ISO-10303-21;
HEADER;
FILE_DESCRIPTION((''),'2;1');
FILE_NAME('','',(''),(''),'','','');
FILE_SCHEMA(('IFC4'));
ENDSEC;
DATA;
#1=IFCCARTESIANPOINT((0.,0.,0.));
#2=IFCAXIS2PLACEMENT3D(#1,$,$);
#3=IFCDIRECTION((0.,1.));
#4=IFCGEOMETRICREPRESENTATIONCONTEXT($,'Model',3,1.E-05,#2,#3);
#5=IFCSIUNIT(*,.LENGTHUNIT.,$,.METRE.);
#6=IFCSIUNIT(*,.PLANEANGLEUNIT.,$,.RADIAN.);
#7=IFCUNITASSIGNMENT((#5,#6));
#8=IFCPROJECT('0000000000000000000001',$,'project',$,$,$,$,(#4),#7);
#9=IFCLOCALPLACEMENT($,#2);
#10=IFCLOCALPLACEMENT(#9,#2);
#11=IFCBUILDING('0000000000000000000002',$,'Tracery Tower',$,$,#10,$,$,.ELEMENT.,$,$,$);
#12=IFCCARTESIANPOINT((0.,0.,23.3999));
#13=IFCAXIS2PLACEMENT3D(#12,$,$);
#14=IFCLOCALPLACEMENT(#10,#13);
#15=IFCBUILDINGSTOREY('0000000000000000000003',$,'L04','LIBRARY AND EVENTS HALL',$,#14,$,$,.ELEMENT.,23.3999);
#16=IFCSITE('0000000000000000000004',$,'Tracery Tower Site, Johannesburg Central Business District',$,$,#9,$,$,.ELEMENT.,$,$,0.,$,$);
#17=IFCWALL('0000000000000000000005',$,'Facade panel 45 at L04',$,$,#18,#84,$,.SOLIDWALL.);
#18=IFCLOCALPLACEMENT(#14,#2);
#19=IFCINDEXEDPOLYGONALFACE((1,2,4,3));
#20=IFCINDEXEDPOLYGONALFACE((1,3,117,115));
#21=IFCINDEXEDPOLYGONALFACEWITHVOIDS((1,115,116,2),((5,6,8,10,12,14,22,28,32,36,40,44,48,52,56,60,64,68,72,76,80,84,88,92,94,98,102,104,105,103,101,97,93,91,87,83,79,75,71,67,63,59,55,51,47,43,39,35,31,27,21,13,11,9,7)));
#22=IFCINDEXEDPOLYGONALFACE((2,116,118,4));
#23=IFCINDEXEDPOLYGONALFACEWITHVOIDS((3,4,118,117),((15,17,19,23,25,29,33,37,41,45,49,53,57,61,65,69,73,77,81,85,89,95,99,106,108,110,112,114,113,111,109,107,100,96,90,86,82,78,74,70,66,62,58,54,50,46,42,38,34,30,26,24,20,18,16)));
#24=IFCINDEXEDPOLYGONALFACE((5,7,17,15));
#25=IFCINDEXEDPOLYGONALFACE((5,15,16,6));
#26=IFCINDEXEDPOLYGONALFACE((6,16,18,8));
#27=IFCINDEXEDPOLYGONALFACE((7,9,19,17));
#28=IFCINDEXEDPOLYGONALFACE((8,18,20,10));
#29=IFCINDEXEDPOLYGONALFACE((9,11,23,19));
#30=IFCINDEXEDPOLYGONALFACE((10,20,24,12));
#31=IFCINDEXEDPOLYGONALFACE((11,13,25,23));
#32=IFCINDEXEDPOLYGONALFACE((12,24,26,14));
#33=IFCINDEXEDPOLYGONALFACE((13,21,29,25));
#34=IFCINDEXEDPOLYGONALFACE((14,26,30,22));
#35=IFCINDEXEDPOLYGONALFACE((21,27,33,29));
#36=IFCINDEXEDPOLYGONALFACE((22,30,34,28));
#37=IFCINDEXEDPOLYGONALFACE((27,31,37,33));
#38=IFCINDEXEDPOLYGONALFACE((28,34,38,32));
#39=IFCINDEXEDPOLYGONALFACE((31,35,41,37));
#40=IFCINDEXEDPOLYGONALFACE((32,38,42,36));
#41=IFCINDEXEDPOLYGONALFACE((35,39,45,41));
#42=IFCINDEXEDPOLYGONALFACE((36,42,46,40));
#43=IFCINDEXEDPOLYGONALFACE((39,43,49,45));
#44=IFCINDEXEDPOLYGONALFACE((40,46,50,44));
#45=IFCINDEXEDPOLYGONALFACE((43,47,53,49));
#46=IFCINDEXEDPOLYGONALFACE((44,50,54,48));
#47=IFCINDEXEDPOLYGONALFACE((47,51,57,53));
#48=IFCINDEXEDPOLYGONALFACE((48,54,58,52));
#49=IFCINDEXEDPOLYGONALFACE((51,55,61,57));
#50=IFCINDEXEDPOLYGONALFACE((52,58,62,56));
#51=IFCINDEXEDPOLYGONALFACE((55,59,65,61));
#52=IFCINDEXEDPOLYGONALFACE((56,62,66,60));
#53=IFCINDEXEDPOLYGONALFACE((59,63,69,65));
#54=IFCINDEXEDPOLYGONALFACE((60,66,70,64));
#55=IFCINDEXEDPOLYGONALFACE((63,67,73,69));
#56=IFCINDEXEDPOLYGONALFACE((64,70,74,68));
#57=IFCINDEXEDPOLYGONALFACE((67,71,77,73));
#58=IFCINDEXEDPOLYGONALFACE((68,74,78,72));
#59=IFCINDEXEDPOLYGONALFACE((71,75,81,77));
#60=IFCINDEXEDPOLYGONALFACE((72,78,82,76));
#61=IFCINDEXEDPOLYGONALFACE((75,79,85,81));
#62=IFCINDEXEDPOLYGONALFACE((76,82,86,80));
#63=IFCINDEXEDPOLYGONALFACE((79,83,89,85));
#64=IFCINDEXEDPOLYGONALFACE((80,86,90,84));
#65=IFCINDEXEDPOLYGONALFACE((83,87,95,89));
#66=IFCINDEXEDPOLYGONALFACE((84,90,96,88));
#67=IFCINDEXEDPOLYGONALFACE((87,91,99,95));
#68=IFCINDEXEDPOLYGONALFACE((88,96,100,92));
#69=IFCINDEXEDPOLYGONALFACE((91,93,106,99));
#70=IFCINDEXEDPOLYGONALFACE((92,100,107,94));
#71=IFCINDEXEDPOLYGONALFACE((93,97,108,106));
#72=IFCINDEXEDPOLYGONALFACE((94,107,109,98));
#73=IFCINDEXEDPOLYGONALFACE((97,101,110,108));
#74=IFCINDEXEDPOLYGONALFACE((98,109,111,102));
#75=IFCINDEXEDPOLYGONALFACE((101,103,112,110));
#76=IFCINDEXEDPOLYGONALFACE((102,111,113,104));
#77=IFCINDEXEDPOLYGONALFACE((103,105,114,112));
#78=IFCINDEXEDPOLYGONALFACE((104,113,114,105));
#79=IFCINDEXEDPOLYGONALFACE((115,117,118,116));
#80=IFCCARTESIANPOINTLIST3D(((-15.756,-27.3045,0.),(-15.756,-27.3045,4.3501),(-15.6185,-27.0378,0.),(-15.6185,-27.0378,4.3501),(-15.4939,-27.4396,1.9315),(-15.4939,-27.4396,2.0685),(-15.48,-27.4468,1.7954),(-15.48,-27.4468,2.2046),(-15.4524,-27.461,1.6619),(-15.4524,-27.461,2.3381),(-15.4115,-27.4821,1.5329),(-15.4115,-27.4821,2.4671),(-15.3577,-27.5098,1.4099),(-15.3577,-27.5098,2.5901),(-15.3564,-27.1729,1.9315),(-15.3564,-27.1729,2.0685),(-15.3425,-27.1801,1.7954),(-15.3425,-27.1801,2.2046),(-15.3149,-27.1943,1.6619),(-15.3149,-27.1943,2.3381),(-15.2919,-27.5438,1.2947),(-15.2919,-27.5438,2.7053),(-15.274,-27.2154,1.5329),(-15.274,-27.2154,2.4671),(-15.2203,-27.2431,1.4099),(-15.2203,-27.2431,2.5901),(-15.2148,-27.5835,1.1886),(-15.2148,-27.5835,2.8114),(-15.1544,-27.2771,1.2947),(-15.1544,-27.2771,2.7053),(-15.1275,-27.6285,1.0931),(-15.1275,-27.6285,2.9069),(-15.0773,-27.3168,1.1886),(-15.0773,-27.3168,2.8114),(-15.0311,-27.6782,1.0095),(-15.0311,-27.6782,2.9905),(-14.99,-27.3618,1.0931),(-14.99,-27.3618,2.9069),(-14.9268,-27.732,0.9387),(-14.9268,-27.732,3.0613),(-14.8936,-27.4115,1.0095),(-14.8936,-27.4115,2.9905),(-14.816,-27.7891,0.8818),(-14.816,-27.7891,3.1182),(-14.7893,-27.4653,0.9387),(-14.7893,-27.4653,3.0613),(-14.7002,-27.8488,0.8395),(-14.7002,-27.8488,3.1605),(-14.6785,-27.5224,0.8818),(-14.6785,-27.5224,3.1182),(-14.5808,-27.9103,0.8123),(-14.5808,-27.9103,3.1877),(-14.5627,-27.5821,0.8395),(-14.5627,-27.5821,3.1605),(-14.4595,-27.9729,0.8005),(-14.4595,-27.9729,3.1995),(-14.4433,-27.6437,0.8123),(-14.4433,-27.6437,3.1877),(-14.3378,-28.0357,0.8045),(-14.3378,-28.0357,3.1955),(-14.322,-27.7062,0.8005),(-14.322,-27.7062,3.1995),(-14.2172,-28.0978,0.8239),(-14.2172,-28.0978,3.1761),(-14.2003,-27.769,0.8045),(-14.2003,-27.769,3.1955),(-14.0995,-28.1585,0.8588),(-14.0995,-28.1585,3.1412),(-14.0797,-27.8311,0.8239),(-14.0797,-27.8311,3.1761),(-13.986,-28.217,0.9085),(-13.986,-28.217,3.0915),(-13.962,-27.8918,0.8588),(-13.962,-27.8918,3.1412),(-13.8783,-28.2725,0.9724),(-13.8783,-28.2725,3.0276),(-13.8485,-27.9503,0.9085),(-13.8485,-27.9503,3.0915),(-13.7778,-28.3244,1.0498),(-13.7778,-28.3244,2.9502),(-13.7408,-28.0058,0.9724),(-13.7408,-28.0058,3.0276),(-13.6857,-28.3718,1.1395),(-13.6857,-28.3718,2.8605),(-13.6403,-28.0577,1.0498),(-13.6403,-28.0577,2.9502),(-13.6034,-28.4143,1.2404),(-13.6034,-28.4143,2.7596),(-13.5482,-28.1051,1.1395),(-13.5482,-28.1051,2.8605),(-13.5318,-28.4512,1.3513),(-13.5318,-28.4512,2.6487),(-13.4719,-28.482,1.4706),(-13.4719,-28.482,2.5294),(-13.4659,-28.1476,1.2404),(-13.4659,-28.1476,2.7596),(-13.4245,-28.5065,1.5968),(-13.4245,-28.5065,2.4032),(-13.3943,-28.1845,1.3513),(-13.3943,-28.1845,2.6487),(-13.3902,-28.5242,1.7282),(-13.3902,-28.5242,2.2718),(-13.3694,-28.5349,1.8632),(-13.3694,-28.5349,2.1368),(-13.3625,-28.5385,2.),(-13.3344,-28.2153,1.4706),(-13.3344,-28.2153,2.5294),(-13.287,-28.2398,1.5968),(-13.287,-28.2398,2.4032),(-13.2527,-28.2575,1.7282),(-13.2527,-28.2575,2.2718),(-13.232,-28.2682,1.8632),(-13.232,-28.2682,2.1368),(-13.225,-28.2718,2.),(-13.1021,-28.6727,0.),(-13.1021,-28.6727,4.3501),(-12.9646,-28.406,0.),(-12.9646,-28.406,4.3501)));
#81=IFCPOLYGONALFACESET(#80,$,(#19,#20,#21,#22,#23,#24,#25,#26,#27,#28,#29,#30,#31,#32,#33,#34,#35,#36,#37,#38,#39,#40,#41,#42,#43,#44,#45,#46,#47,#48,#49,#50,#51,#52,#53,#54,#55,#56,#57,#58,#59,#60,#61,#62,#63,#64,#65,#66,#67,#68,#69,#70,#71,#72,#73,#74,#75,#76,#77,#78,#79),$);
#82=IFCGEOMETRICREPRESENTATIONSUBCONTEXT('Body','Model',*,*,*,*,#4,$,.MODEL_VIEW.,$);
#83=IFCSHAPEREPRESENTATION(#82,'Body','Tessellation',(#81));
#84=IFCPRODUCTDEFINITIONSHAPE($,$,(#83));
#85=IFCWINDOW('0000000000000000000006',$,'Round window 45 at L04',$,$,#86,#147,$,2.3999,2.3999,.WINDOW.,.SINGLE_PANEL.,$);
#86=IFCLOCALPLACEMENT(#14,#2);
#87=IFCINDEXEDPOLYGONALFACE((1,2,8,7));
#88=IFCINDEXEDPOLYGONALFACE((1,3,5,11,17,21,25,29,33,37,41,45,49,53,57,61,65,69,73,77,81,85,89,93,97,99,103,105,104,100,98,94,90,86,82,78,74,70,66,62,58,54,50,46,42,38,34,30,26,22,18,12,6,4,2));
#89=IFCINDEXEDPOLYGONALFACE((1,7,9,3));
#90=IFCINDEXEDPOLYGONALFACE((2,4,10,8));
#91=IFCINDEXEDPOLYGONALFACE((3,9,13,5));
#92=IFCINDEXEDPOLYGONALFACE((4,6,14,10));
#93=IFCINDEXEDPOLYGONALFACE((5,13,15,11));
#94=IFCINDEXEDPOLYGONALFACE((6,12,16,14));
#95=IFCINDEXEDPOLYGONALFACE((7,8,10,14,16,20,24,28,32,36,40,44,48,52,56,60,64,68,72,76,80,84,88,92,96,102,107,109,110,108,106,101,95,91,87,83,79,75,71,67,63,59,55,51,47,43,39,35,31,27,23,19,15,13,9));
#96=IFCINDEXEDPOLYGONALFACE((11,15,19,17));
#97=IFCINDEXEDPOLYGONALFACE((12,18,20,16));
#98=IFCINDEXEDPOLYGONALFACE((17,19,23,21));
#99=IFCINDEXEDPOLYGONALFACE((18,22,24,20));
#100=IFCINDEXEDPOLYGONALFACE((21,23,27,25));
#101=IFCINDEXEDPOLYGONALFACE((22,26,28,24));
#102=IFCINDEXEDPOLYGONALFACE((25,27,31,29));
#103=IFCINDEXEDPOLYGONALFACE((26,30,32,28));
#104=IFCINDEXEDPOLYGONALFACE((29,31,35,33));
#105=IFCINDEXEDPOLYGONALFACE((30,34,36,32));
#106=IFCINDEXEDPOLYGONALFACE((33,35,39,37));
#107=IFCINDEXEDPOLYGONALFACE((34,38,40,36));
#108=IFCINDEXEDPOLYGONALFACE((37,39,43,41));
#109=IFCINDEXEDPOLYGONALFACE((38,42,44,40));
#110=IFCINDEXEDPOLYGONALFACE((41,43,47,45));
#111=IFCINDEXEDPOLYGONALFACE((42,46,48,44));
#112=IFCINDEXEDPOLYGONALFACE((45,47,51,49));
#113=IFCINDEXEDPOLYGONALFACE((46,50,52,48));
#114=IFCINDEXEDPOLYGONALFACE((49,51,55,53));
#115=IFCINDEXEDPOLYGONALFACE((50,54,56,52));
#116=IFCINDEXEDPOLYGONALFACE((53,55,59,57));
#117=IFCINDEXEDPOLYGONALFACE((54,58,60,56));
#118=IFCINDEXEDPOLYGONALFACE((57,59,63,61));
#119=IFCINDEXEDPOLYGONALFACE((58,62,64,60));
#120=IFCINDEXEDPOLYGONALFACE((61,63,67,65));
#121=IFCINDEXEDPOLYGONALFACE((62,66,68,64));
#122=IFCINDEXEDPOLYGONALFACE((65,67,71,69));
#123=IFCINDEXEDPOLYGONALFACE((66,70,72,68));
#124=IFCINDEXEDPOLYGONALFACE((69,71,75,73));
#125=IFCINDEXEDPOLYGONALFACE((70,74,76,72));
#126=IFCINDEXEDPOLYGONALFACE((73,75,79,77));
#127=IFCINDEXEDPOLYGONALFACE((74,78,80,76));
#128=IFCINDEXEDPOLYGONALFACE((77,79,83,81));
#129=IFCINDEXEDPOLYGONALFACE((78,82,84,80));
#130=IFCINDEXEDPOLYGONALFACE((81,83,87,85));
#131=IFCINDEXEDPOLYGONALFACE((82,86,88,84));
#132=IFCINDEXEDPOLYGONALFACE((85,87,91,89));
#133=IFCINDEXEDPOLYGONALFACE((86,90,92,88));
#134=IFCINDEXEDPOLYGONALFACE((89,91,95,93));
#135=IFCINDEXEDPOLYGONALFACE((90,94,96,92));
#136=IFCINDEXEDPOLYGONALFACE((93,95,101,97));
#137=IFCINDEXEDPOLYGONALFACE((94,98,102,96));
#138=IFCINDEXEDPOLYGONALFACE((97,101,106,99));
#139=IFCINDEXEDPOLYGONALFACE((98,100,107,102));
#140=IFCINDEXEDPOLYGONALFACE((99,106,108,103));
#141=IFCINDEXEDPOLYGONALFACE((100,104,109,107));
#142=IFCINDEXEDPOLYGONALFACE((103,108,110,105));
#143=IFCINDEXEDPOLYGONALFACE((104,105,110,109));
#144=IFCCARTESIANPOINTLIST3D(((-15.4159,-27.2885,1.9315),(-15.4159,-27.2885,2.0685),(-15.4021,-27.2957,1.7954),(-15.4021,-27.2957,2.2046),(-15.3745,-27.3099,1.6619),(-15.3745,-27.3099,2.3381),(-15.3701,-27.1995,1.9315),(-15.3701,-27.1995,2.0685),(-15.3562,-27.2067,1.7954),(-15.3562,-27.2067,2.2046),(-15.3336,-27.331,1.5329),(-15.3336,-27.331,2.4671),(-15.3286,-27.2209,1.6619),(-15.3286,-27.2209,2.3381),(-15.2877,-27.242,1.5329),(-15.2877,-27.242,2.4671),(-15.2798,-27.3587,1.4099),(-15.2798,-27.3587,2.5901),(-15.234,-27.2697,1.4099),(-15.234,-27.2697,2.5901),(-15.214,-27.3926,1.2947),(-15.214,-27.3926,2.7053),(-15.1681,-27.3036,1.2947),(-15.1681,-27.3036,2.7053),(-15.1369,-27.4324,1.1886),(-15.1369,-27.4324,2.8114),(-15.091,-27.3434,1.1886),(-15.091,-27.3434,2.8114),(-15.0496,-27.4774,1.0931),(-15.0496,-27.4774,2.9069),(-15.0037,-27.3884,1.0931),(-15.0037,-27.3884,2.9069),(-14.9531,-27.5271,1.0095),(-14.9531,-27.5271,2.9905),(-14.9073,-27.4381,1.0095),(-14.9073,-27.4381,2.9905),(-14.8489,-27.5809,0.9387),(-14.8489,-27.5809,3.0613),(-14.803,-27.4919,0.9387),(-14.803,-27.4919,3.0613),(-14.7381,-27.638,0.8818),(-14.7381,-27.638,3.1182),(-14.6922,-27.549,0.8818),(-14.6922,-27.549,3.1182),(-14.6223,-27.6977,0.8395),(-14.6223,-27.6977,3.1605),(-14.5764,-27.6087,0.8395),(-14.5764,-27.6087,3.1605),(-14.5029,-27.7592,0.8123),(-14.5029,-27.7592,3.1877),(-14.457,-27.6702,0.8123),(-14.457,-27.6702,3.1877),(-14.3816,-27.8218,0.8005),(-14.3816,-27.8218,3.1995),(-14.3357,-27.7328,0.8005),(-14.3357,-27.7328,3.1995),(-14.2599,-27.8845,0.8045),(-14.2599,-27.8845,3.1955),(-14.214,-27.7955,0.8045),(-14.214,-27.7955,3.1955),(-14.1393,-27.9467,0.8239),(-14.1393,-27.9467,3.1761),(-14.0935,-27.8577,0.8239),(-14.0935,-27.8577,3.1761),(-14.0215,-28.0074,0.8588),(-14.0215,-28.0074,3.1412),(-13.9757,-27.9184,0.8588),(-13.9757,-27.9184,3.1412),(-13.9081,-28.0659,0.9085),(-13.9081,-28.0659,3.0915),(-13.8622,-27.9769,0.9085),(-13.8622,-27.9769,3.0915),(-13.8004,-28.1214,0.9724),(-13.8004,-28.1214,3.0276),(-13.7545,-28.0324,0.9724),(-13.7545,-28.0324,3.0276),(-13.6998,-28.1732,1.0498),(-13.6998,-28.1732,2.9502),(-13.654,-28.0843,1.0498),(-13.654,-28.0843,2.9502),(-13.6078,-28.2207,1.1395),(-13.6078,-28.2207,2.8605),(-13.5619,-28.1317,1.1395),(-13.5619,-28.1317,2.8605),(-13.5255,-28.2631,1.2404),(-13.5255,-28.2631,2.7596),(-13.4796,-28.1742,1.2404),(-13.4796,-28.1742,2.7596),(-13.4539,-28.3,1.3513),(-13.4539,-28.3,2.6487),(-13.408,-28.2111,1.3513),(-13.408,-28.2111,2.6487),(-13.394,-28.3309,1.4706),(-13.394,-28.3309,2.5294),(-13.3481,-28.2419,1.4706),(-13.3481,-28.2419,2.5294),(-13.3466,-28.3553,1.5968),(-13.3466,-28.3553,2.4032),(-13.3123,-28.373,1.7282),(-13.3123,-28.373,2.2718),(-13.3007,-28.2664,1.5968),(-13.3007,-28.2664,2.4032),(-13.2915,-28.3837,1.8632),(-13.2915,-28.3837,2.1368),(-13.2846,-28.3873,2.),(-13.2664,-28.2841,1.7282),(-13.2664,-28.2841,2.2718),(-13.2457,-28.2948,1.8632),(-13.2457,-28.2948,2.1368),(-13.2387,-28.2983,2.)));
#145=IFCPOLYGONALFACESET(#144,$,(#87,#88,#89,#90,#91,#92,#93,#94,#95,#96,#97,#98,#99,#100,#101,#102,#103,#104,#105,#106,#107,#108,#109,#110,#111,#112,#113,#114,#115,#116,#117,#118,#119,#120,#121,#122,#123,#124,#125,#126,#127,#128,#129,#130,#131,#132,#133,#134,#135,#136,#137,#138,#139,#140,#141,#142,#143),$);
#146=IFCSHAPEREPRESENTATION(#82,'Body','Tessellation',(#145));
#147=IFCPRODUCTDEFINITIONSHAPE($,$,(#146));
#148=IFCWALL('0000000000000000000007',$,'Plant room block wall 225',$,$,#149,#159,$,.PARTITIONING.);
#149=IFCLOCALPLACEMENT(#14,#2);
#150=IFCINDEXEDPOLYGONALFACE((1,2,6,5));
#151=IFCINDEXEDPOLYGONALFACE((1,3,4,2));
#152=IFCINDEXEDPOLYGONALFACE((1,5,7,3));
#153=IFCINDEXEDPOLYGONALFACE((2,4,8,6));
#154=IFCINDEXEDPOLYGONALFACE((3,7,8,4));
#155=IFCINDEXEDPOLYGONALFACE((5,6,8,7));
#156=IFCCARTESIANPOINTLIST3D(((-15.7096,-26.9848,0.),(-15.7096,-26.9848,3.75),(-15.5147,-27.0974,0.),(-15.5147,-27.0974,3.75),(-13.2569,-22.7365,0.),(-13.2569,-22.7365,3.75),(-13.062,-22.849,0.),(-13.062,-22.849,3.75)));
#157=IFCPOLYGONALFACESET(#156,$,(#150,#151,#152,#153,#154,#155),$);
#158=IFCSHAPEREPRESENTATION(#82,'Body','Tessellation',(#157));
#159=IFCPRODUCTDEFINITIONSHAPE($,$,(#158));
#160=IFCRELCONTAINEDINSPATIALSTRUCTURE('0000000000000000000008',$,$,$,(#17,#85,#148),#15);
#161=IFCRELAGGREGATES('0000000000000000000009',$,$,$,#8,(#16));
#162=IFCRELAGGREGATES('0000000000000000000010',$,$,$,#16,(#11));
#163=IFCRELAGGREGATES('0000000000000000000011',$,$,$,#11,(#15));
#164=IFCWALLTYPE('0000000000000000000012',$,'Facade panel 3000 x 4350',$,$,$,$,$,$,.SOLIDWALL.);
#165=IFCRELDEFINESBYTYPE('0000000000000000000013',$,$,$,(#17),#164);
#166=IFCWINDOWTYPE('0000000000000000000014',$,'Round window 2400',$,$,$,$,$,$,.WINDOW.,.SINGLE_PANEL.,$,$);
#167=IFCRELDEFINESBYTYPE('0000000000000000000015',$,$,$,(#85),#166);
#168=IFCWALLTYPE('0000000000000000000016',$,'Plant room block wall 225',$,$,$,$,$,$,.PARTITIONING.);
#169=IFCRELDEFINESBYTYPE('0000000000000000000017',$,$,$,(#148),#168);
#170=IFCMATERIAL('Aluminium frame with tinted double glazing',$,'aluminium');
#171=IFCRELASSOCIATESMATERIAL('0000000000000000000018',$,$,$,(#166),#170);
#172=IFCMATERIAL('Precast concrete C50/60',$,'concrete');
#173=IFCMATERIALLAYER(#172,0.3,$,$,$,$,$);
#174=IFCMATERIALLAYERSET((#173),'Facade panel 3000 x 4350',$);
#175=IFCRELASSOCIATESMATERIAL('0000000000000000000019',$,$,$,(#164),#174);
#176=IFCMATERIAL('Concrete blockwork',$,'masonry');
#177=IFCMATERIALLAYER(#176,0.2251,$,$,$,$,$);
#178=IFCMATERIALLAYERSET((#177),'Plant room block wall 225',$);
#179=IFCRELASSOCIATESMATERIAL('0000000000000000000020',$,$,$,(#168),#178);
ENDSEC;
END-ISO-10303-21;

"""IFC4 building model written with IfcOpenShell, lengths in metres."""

from ifc_helpers import new_model, si_unit, direction, frame, frame_2d, origin, origin_2d, place, context, subcontext, project, spatial, rectangle, circle, extrude, material, layer, layer_set, type_object, element, fill, save


model = new_model("IFC4")

# Units and contexts
model_context = context("Model", 3, precision=1e-05, world=origin(), true_north=direction((0.0, 1.0)))
body_context = subcontext(model_context, "Body", "Model", "MODEL_VIEW")
ifc_project = project(units=[si_unit("LENGTHUNIT", "METRE"), si_unit("PLANEANGLEUNIT", "RADIAN")], contexts=[model_context])

# Site, building, storey
site_placement = place(None, origin())
site = spatial("IfcSite", under=ifc_project, at=site_placement, Name="Tracery Tower Site, Johannesburg Central Business District", CompositionType="ELEMENT", RefElevation=0.0)
building_placement = place(site_placement, origin())
building = spatial("IfcBuilding", under=site, at=building_placement, Name="Tracery Tower", CompositionType="ELEMENT")
storey_placement = place(building_placement, frame((0.0, 0.0, 23.3999)))
storey = spatial("IfcBuildingStorey", under=building, at=storey_placement, Name="L04", Description="LIBRARY AND EVENTS HALL", CompositionType="ELEMENT", Elevation=23.3999)

# Wall, opening, window
ifc_material_1 = material(Name="Aluminium frame with tinted double glazing", Category="aluminium")
window_type = type_object("IfcWindowType", Name="Round window 2400", PartitioningType="SINGLE_PANEL", PredefinedType="WINDOW", material=ifc_material_1)
ifc_material_2 = material(Name="Precast concrete C50/60", Category="concrete")
ifc_layer_1 = layer(ifc_material_2, 0.3)
ifc_layer_set_1 = layer_set([ifc_layer_1], Name="Facade panel 3000 x 4350")
wall_type_1 = type_object("IfcWallType", Name="Facade panel 3000 x 4350", PredefinedType="SOLIDWALL", material=ifc_layer_set_1)
wall_1_placement = place(storey_placement, frame((-15.6873, -27.1711, 0.0), z_axis=(0.0, 0.0, 1.0), x_axis=(0.888831, -0.458235, 0.0)))
wall_1 = element("IfcWall", 1, at=wall_1_placement, inside=storey, type_object=wall_type_1, Name="Facade panel 45 at L04", PredefinedType="SOLIDWALL", context=body_context, shape_type="SweptSolid", body=[
    extrude(rectangle(XDim=2.9858, YDim=0.3, at=frame_2d((1.4929, 0.0))), origin(), (0.0, 0.0, 1.0), 4.3501),
])
opening_1_placement = place(wall_1_placement, frame((1.4929, 0.0, 2.0)))
opening_1 = element("IfcOpeningElement", 2, at=opening_1_placement, cuts=wall_1, PredefinedType="OPENING", context=body_context, shape_type="SweptSolid", body=[
    extrude(circle(Radius=1.2, at=origin_2d()), frame((0.0, 0.1599, 0.0), z_axis=(0.0, -1.0, 0.0), x_axis=(1.0, 0.0, 0.0)), (0.0, 0.0, 1.0), 0.3201),
])
window_1_placement = place(opening_1_placement, origin())
window_1 = element("IfcWindow", 3, at=window_1_placement, inside=storey, type_object=window_type, Name="Round window 45 at L04", OverallHeight=2.3999, OverallWidth=2.3999, PartitioningType="SINGLE_PANEL", PredefinedType="WINDOW", context=body_context, shape_type="SweptSolid", body=[
    extrude(circle(Radius=1.2, at=origin_2d()), frame((0.0, 0.1201, 0.0), z_axis=(0.0, -1.0, 0.0), x_axis=(1.0, 0.0, 0.0)), (0.0, 0.0, 1.0), 0.1001),
])
fill(opening_1, window_1)

# Wall
ifc_material_3 = material(Name="Concrete blockwork", Category="masonry")
ifc_layer_2 = layer(ifc_material_3, 0.2251)
ifc_layer_set_2 = layer_set([ifc_layer_2], Name="Plant room block wall 225")
wall_type_2 = type_object("IfcWallType", Name="Plant room block wall 225", PredefinedType="PARTITIONING", material=ifc_layer_set_2)
wall_2_placement = place(storey_placement, frame((-15.6121, -27.041, 0.0), z_axis=(0.0, 0.0, 1.0), x_axis=(0.499982, 0.866036, 0.0)))
element("IfcWall", 4, at=wall_2_placement, inside=storey, type_object=wall_type_2, Name="Plant room block wall 225", PredefinedType="PARTITIONING", context=body_context, shape_type="SweptSolid", body=[
    extrude(rectangle(XDim=4.9055, YDim=0.2251, at=frame_2d((2.4526, 0.0))), origin(), (0.0, 0.0, 1.0), 3.75),
])

save(model, "model.ifc")
